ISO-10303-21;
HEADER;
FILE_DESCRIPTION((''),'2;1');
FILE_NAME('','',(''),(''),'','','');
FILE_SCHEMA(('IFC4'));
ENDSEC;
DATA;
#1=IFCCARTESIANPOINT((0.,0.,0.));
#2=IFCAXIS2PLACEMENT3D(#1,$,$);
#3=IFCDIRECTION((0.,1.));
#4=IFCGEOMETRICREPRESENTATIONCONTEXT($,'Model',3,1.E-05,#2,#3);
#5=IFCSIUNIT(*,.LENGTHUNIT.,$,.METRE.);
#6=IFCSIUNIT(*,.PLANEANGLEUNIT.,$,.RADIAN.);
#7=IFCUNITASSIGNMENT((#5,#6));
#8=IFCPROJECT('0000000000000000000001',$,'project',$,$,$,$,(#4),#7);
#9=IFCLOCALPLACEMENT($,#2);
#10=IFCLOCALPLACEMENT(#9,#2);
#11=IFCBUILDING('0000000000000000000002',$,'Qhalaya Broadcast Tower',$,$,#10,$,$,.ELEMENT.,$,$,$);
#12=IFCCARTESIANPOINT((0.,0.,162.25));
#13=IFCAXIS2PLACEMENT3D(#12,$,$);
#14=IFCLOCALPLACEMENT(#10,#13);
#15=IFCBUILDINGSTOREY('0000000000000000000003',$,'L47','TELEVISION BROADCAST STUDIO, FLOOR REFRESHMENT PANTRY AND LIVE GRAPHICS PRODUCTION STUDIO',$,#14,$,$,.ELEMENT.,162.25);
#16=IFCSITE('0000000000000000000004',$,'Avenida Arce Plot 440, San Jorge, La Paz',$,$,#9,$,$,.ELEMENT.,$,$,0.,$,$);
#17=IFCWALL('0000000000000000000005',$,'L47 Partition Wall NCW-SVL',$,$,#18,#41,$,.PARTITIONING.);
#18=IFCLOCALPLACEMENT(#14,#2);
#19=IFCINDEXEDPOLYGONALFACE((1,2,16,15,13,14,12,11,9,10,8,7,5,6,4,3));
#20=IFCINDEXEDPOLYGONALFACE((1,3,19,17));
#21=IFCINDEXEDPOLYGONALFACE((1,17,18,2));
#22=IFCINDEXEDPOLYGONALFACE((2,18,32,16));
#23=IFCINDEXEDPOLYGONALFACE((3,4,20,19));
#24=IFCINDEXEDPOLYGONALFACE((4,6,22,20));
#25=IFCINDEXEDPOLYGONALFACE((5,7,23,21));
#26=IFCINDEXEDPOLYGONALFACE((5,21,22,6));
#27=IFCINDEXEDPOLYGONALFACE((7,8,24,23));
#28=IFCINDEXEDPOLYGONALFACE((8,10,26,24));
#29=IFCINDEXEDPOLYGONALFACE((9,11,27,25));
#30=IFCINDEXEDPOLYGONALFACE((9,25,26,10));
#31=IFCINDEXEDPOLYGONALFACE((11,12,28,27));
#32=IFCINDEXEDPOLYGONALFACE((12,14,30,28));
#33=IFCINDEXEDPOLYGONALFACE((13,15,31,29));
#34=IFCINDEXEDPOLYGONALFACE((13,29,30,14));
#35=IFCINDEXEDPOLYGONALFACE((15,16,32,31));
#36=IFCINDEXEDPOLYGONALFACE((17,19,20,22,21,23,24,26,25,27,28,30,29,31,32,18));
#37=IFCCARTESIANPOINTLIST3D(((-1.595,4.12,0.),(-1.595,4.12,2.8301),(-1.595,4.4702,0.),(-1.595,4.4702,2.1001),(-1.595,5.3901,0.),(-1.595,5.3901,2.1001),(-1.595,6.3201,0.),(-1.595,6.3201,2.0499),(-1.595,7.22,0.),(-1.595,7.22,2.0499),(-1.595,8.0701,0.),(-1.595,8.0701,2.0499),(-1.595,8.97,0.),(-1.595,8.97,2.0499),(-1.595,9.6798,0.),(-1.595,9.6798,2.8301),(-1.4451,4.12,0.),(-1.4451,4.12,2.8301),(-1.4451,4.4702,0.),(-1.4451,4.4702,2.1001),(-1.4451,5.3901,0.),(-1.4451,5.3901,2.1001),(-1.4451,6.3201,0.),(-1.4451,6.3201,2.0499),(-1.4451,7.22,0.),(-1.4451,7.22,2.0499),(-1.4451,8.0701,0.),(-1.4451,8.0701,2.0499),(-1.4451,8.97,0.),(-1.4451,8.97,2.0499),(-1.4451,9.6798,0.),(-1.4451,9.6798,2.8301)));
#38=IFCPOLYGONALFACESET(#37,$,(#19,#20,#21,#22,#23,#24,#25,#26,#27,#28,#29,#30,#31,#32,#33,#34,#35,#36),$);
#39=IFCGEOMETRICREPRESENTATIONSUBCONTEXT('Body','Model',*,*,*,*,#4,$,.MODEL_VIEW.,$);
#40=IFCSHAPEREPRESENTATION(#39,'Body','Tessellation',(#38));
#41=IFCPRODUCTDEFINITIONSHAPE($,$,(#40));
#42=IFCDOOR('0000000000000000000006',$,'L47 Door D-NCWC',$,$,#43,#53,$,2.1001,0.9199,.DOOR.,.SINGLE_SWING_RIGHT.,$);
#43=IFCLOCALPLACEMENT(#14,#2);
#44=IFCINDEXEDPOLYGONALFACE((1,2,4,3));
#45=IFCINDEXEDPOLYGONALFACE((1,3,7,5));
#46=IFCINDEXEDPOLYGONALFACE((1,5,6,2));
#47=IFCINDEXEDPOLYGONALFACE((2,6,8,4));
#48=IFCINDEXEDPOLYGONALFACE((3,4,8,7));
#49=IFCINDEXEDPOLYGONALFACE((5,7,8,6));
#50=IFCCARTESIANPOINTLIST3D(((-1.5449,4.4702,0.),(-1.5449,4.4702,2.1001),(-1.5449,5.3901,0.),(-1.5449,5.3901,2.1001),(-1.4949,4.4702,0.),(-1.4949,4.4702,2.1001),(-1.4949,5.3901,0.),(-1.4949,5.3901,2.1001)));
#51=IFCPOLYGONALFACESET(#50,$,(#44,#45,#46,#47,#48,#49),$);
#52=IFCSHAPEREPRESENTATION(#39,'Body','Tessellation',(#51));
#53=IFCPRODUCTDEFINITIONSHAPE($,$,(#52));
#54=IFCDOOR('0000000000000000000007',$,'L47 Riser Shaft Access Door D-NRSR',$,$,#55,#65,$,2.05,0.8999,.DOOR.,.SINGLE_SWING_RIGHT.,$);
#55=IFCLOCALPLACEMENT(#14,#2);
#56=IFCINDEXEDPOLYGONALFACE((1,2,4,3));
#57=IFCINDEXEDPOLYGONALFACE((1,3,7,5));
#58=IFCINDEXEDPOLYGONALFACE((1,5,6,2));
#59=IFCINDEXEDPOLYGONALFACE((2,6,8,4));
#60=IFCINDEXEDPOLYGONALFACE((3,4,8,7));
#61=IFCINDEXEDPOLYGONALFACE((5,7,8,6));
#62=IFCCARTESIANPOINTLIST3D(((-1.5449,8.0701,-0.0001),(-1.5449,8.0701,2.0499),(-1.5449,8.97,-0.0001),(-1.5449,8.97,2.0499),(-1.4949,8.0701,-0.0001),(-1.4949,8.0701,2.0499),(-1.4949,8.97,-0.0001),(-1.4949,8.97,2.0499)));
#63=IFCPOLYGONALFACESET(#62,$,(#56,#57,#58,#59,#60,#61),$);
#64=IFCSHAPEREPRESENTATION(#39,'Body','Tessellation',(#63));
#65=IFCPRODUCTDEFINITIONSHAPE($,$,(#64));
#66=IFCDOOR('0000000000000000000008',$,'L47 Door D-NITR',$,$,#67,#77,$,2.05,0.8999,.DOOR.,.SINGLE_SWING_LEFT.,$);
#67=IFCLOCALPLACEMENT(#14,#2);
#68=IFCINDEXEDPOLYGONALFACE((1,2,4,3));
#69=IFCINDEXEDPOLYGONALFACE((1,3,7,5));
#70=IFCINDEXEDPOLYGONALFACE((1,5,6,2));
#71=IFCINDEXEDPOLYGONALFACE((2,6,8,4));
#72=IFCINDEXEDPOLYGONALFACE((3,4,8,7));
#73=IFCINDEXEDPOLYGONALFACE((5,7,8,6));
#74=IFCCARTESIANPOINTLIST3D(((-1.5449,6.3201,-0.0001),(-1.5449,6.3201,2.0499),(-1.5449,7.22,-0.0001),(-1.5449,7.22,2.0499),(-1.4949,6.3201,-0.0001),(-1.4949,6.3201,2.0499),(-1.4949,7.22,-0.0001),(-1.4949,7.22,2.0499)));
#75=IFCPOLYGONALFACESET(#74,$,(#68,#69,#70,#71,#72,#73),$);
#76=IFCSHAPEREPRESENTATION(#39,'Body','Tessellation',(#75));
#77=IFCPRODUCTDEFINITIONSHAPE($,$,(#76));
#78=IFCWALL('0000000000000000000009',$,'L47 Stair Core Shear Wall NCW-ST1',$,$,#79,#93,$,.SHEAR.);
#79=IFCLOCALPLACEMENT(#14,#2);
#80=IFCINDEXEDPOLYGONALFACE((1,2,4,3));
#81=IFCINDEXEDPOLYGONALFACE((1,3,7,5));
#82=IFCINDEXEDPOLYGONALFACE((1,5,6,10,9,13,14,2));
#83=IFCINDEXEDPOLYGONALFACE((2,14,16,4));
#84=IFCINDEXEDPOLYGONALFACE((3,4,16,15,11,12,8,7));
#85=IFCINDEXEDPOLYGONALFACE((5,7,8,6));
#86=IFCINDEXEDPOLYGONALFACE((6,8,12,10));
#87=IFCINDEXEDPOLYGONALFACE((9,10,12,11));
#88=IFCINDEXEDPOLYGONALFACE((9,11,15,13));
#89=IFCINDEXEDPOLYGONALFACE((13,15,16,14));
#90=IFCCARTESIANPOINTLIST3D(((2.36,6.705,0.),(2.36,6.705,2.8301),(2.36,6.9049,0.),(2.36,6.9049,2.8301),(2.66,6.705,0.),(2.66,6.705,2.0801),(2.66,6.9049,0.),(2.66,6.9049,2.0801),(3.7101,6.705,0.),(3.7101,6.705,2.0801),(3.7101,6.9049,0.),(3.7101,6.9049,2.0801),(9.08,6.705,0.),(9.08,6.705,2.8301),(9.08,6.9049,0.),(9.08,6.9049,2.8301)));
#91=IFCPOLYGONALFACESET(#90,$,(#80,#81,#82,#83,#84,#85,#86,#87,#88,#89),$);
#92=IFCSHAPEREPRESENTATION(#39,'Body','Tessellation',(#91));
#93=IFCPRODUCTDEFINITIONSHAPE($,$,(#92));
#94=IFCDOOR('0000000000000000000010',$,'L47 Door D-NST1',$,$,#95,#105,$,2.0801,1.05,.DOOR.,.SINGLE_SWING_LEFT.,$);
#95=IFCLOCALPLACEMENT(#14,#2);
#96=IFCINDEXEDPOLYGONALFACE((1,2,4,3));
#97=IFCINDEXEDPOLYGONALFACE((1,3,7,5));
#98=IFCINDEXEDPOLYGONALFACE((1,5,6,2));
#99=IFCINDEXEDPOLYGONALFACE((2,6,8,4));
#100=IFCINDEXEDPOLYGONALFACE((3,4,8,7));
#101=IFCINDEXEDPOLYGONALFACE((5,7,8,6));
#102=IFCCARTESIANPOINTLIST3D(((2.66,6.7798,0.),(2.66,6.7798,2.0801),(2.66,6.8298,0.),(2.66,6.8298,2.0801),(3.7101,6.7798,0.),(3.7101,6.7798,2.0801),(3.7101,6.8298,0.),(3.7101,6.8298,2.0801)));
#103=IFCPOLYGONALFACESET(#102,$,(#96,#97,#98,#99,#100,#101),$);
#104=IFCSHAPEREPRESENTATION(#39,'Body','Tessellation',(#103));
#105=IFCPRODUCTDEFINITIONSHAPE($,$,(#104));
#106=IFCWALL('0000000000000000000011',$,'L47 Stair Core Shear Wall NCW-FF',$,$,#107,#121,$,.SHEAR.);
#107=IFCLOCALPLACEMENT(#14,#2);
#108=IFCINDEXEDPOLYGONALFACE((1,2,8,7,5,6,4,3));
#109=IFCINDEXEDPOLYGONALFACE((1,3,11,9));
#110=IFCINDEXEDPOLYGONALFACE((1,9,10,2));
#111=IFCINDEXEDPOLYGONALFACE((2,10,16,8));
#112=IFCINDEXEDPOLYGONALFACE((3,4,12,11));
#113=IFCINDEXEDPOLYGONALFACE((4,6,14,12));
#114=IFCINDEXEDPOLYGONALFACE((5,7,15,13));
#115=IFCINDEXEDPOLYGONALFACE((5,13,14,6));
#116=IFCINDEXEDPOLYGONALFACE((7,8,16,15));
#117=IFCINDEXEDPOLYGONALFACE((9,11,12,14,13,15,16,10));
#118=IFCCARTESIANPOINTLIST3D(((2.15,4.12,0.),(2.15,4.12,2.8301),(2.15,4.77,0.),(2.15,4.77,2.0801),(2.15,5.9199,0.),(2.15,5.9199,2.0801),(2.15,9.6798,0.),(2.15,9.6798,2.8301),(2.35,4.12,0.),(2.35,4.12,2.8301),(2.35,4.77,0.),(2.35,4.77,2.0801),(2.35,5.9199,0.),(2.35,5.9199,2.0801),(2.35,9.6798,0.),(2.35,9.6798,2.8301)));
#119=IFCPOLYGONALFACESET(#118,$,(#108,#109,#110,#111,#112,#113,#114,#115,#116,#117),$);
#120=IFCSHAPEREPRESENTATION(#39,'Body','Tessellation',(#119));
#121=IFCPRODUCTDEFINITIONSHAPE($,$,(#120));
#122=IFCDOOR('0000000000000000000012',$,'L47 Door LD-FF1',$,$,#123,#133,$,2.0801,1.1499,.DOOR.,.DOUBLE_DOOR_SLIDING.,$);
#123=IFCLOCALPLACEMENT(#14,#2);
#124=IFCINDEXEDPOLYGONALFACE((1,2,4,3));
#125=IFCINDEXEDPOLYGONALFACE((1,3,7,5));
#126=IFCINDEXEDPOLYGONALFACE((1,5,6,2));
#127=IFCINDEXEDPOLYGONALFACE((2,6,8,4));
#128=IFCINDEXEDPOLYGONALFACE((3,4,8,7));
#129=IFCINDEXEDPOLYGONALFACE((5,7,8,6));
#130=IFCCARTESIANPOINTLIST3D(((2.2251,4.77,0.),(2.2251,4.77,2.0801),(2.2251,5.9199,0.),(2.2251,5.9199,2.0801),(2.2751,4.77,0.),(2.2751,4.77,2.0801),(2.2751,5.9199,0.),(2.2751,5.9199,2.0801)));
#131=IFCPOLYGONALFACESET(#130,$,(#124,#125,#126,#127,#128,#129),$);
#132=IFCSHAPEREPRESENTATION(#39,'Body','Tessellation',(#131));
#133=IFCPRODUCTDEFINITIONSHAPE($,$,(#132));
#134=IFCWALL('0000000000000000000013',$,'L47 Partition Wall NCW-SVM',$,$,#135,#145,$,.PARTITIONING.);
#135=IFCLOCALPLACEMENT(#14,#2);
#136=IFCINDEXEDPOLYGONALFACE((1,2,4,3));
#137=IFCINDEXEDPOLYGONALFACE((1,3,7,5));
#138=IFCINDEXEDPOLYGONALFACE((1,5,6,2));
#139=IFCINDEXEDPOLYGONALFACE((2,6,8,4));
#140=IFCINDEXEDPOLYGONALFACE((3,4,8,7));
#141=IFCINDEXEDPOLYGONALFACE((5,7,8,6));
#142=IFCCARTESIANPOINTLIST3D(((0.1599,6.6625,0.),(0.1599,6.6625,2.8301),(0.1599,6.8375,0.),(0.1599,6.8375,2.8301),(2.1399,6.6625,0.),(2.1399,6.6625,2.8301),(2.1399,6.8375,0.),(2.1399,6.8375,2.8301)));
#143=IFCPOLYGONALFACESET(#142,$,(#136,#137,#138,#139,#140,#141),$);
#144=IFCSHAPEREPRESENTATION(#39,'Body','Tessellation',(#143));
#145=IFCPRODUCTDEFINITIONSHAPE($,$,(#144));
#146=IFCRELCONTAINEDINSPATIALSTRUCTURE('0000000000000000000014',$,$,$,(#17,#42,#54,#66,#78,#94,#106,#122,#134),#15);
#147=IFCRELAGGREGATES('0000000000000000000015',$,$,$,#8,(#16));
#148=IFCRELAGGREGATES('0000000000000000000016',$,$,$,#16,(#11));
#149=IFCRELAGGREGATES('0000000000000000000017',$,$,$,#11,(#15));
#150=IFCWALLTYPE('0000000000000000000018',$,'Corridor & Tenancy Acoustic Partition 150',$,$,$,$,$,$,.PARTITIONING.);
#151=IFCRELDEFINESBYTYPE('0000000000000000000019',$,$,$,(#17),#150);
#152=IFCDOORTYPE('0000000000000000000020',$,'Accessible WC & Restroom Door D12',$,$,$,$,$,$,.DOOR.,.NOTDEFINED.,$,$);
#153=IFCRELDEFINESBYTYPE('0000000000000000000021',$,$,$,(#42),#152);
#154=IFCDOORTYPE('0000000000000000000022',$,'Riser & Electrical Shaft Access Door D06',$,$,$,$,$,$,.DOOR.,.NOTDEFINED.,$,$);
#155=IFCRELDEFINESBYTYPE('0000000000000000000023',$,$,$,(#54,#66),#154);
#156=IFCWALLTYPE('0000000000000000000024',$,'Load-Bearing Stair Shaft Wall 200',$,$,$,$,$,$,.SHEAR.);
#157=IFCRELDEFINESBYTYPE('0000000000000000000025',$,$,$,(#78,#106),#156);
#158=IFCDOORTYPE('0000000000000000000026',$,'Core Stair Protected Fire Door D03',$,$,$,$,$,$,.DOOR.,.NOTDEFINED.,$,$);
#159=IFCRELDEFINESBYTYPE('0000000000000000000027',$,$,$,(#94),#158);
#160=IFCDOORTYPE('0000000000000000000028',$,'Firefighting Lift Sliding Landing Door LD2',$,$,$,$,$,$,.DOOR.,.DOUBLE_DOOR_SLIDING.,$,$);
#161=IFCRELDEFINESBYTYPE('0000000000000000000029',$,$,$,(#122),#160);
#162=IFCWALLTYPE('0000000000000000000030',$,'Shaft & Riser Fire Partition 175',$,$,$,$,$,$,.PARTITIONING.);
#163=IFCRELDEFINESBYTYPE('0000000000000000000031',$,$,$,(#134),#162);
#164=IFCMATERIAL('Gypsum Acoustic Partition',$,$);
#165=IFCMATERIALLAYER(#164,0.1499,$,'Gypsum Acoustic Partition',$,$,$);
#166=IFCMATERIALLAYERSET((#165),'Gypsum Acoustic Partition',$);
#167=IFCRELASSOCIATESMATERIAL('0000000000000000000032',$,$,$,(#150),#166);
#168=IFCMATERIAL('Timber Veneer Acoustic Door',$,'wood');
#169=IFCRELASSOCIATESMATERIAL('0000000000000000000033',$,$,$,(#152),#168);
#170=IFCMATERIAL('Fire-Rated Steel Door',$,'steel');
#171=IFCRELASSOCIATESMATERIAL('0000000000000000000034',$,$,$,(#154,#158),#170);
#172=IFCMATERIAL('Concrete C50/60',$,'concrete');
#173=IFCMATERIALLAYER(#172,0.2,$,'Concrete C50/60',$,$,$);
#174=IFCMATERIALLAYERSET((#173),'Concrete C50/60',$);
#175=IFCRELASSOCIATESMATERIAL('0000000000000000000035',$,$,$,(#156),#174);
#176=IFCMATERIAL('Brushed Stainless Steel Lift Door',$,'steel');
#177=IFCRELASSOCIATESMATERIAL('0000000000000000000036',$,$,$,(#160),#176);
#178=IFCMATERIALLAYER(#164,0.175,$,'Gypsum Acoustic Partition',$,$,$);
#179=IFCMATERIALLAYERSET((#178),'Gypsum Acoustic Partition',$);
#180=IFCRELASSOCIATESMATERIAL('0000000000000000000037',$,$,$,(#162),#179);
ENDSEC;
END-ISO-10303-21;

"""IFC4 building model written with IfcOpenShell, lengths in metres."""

from ifc_helpers import new_model, si_unit, direction, frame, frame_2d, origin, place, context, subcontext, project, spatial, rectangle, extrude, material, layer, layer_set, type_object, element, fill, save


model = new_model("IFC4")

# Units and contexts
model_context = context("Model", 3, precision=1e-05, world=origin(), true_north=direction((0.0, 1.0)))
body_context = subcontext(model_context, "Body", "Model", "MODEL_VIEW")
ifc_project = project(units=[si_unit("LENGTHUNIT", "METRE"), si_unit("PLANEANGLEUNIT", "RADIAN")], contexts=[model_context])

# Site, building, storey
site_placement = place(None, origin())
site = spatial("IfcSite", under=ifc_project, at=site_placement, Name="Avenida Arce Plot 440, San Jorge, La Paz", CompositionType="ELEMENT", RefElevation=0.0)
building_placement = place(site_placement, origin())
building = spatial("IfcBuilding", under=site, at=building_placement, Name="Qhalaya Broadcast Tower", CompositionType="ELEMENT")
storey_placement = place(building_placement, frame((0.0, 0.0, 162.25)))
storey = spatial("IfcBuildingStorey", under=building, at=storey_placement, Name="L47", Description="TELEVISION BROADCAST STUDIO, FLOOR REFRESHMENT PANTRY AND LIVE GRAPHICS PRODUCTION STUDIO", CompositionType="ELEMENT", Elevation=162.25)

# Shared definitions
ifc_material_1 = material(Name="Concrete C50/60", Category="concrete")

# Wall, openings, doors
ifc_material_2 = material(Name="Gypsum Acoustic Partition")
ifc_layer_1 = layer(ifc_material_2, 0.1499, Name="Gypsum Acoustic Partition")
ifc_layer_set_1 = layer_set([ifc_layer_1], Name="Gypsum Acoustic Partition")
wall_type_1 = type_object("IfcWallType", Name="Corridor & Tenancy Acoustic Partition 150", PredefinedType="PARTITIONING", material=ifc_layer_set_1)
wall_1_placement = place(storey_placement, frame((-1.52, 4.1201, 0.0), z_axis=(0.0, 0.0, 1.0), x_axis=(0.0, 1.0, 0.0)))
wall_1 = element("IfcWall", 1, at=wall_1_placement, inside=storey, type_object=wall_type_1, Name="L47 Partition Wall NCW-SVL", PredefinedType="PARTITIONING", context=body_context, shape_type="SweptSolid", body=[
    extrude(rectangle(XDim=5.5598, YDim=0.1499, at=frame_2d((2.7798, 0.0))), origin(), (0.0, 0.0, 1.0), 2.8301),
])
opening_1_placement = place(wall_1_placement, frame((3.95, 0.0, 0.0)))
opening_1 = element("IfcOpeningElement", 2, at=opening_1_placement, cuts=wall_1, PredefinedType="OPENING", context=body_context, shape_type="SweptSolid", body=[
    extrude(rectangle(XDim=0.8999, YDim=2.05, at=frame_2d((0.45, 1.0249))), frame((0.0, 0.0869, 0.0), z_axis=(0.0, -1.0, 0.0), x_axis=(1.0, 0.0, 0.0)), (0.0, 0.0, 1.0), 0.1738),
])
opening_2_placement = place(wall_1_placement, frame((2.2, 0.0, 0.0)))
opening_2 = element("IfcOpeningElement", 3, at=opening_2_placement, cuts=wall_1, PredefinedType="OPENING", context=body_context, shape_type="SweptSolid", body=[
    extrude(rectangle(XDim=0.8999, YDim=2.05, at=frame_2d((0.45, 1.0249))), frame((0.0, 0.0869, 0.0), z_axis=(0.0, -1.0, 0.0), x_axis=(1.0, 0.0, 0.0)), (0.0, 0.0, 1.0), 0.1738),
])
opening_3_placement = place(wall_1_placement, frame((0.3501, 0.0, 0.0)))
opening_3 = element("IfcOpeningElement", 4, at=opening_3_placement, cuts=wall_1, PredefinedType="OPENING", context=body_context, shape_type="SweptSolid", body=[
    extrude(rectangle(XDim=0.9199, YDim=2.1001, at=frame_2d((0.46, 1.05))), frame((0.0, 0.0869, 0.0), z_axis=(0.0, -1.0, 0.0), x_axis=(1.0, 0.0, 0.0)), (0.0, 0.0, 1.0), 0.1738),
])
ifc_material_3 = material(Name="Timber Veneer Acoustic Door", Category="wood")
door_type_1 = type_object("IfcDoorType", Name="Accessible WC & Restroom Door D12", OperationType="NOTDEFINED", PredefinedType="DOOR", material=ifc_material_3)
door_1_placement = place(opening_3_placement, origin())
door_1 = element("IfcDoor", 5, at=door_1_placement, inside=storey, type_object=door_type_1, Name="L47 Door D-NCWC", OperationType="SINGLE_SWING_RIGHT", OverallHeight=2.1001, OverallWidth=0.9199, PredefinedType="DOOR", context=body_context, shape_type="SweptSolid", body=[
    extrude(rectangle(XDim=0.9199, YDim=2.1001, at=frame_2d((0.46, 1.05))), frame((0.0, 0.0249, 0.0), z_axis=(0.0, -1.0, 0.0), x_axis=(1.0, 0.0, 0.0)), (0.0, 0.0, 1.0), 0.05),
])
fill(opening_3, door_1)
ifc_material_4 = material(Name="Fire-Rated Steel Door", Category="steel")
door_type_2 = type_object("IfcDoorType", Name="Riser & Electrical Shaft Access Door D06", OperationType="NOTDEFINED", PredefinedType="DOOR", material=ifc_material_4)
door_2_placement = place(opening_1_placement, origin())
door_2 = element("IfcDoor", 6, at=door_2_placement, inside=storey, type_object=door_type_2, Name="L47 Riser Shaft Access Door D-NRSR", OperationType="SINGLE_SWING_RIGHT", OverallHeight=2.05, OverallWidth=0.8999, PredefinedType="DOOR", context=body_context, shape_type="SweptSolid", body=[
    extrude(rectangle(XDim=0.8999, YDim=2.05, at=frame_2d((0.45, 1.0249))), frame((0.0, 0.0249, 0.0), z_axis=(0.0, -1.0, 0.0), x_axis=(1.0, 0.0, 0.0)), (0.0, 0.0, 1.0), 0.05),
])
fill(opening_1, door_2)
door_3_placement = place(opening_2_placement, origin())
door_3 = element("IfcDoor", 7, at=door_3_placement, inside=storey, type_object=door_type_2, Name="L47 Door D-NITR", OperationType="SINGLE_SWING_LEFT", OverallHeight=2.05, OverallWidth=0.8999, PredefinedType="DOOR", context=body_context, shape_type="SweptSolid", body=[
    extrude(rectangle(XDim=0.8999, YDim=2.05, at=frame_2d((0.45, 1.0249))), frame((0.0, 0.0249, 0.0), z_axis=(0.0, -1.0, 0.0), x_axis=(1.0, 0.0, 0.0)), (0.0, 0.0, 1.0), 0.05),
])
fill(opening_2, door_3)

# Walls, openings, doors
ifc_layer_2 = layer(ifc_material_1, 0.2, Name="Concrete C50/60")
ifc_layer_set_2 = layer_set([ifc_layer_2], Name="Concrete C50/60")
wall_type_2 = type_object("IfcWallType", Name="Load-Bearing Stair Shaft Wall 200", PredefinedType="SHEAR", material=ifc_layer_set_2)
wall_2_placement = place(storey_placement, frame((2.3601, 6.8049, 0.0), z_axis=(0.0, 0.0, 1.0), x_axis=(1.0, 0.0, 0.0)))
wall_2 = element("IfcWall", 8, at=wall_2_placement, inside=storey, type_object=wall_type_2, Name="L47 Stair Core Shear Wall NCW-ST1", PredefinedType="SHEAR", context=body_context, shape_type="SweptSolid", body=[
    extrude(rectangle(XDim=6.72, YDim=0.2, at=frame_2d((3.3599, 0.0))), origin(), (0.0, 0.0, 1.0), 2.8301),
])
opening_4_placement = place(wall_2_placement, frame((0.3, 0.0, 0.0)))
opening_4 = element("IfcOpeningElement", 9, at=opening_4_placement, cuts=wall_2, PredefinedType="OPENING", context=body_context, shape_type="SweptSolid", body=[
    extrude(rectangle(XDim=1.05, YDim=2.0801, at=frame_2d((0.5249, 1.04))), frame((0.0, 0.1121, 0.0), z_axis=(0.0, -1.0, 0.0), x_axis=(1.0, 0.0, 0.0)), (0.0, 0.0, 1.0), 0.2239),
])
door_type_3 = type_object("IfcDoorType", Name="Core Stair Protected Fire Door D03", OperationType="NOTDEFINED", PredefinedType="DOOR", material=ifc_material_4)
door_4_placement = place(opening_4_placement, origin())
door_4 = element("IfcDoor", 10, at=door_4_placement, inside=storey, type_object=door_type_3, Name="L47 Door D-NST1", OperationType="SINGLE_SWING_LEFT", OverallHeight=2.0801, OverallWidth=1.05, PredefinedType="DOOR", context=body_context, shape_type="SweptSolid", body=[
    extrude(rectangle(XDim=1.05, YDim=2.0801, at=frame_2d((0.5249, 1.04))), frame((0.0, 0.0249, 0.0), z_axis=(0.0, -1.0, 0.0), x_axis=(1.0, 0.0, 0.0)), (0.0, 0.0, 1.0), 0.05),
])
fill(opening_4, door_4)
wall_3_placement = place(storey_placement, frame((2.25, 4.1201, 0.0), z_axis=(0.0, 0.0, 1.0), x_axis=(0.0, 1.0, 0.0)))
wall_3 = element("IfcWall", 11, at=wall_3_placement, inside=storey, type_object=wall_type_2, Name="L47 Stair Core Shear Wall NCW-FF", PredefinedType="SHEAR", context=body_context, shape_type="SweptSolid", body=[
    extrude(rectangle(XDim=5.5598, YDim=0.2, at=frame_2d((2.7798, 0.0))), origin(), (0.0, 0.0, 1.0), 2.8301),
])
opening_5_placement = place(wall_3_placement, frame((0.6499, 0.0, 0.0)))
opening_5 = element("IfcOpeningElement", 12, at=opening_5_placement, cuts=wall_3, PredefinedType="OPENING", context=body_context, shape_type="SweptSolid", body=[
    extrude(rectangle(XDim=1.1499, YDim=2.0801, at=frame_2d((0.575, 1.04))), frame((0.0, 0.1121, 0.0), z_axis=(0.0, -1.0, 0.0), x_axis=(1.0, 0.0, 0.0)), (0.0, 0.0, 1.0), 0.2239),
])
ifc_material_5 = material(Name="Brushed Stainless Steel Lift Door", Category="steel")
door_type_4 = type_object("IfcDoorType", Name="Firefighting Lift Sliding Landing Door LD2", OperationType="DOUBLE_DOOR_SLIDING", PredefinedType="DOOR", material=ifc_material_5)
door_5_placement = place(opening_5_placement, origin())
door_5 = element("IfcDoor", 13, at=door_5_placement, inside=storey, type_object=door_type_4, Name="L47 Door LD-FF1", OperationType="DOUBLE_DOOR_SLIDING", OverallHeight=2.0801, OverallWidth=1.1499, PredefinedType="DOOR", context=body_context, shape_type="SweptSolid", body=[
    extrude(rectangle(XDim=1.1499, YDim=2.0801, at=frame_2d((0.575, 1.04))), frame((0.0, 0.0249, 0.0), z_axis=(0.0, -1.0, 0.0), x_axis=(1.0, 0.0, 0.0)), (0.0, 0.0, 1.0), 0.05),
])
fill(opening_5, door_5)
ifc_layer_3 = layer(ifc_material_2, 0.175, Name="Gypsum Acoustic Partition")
ifc_layer_set_3 = layer_set([ifc_layer_3], Name="Gypsum Acoustic Partition")
wall_type_3 = type_object("IfcWallType", Name="Shaft & Riser Fire Partition 175", PredefinedType="PARTITIONING", material=ifc_layer_set_3)

# Wall
wall_4_placement = place(storey_placement, frame((0.1599, 6.75, 0.0), z_axis=(0.0, 0.0, 1.0), x_axis=(1.0, 0.0, 0.0)))
element("IfcWall", 14, at=wall_4_placement, inside=storey, type_object=wall_type_3, Name="L47 Partition Wall NCW-SVM", PredefinedType="PARTITIONING", context=body_context, shape_type="SweptSolid", body=[
    extrude(rectangle(XDim=1.98, YDim=0.175, at=frame_2d((0.99, 0.0))), origin(), (0.0, 0.0, 1.0), 2.8301),
])

save(model, "model.ifc")
